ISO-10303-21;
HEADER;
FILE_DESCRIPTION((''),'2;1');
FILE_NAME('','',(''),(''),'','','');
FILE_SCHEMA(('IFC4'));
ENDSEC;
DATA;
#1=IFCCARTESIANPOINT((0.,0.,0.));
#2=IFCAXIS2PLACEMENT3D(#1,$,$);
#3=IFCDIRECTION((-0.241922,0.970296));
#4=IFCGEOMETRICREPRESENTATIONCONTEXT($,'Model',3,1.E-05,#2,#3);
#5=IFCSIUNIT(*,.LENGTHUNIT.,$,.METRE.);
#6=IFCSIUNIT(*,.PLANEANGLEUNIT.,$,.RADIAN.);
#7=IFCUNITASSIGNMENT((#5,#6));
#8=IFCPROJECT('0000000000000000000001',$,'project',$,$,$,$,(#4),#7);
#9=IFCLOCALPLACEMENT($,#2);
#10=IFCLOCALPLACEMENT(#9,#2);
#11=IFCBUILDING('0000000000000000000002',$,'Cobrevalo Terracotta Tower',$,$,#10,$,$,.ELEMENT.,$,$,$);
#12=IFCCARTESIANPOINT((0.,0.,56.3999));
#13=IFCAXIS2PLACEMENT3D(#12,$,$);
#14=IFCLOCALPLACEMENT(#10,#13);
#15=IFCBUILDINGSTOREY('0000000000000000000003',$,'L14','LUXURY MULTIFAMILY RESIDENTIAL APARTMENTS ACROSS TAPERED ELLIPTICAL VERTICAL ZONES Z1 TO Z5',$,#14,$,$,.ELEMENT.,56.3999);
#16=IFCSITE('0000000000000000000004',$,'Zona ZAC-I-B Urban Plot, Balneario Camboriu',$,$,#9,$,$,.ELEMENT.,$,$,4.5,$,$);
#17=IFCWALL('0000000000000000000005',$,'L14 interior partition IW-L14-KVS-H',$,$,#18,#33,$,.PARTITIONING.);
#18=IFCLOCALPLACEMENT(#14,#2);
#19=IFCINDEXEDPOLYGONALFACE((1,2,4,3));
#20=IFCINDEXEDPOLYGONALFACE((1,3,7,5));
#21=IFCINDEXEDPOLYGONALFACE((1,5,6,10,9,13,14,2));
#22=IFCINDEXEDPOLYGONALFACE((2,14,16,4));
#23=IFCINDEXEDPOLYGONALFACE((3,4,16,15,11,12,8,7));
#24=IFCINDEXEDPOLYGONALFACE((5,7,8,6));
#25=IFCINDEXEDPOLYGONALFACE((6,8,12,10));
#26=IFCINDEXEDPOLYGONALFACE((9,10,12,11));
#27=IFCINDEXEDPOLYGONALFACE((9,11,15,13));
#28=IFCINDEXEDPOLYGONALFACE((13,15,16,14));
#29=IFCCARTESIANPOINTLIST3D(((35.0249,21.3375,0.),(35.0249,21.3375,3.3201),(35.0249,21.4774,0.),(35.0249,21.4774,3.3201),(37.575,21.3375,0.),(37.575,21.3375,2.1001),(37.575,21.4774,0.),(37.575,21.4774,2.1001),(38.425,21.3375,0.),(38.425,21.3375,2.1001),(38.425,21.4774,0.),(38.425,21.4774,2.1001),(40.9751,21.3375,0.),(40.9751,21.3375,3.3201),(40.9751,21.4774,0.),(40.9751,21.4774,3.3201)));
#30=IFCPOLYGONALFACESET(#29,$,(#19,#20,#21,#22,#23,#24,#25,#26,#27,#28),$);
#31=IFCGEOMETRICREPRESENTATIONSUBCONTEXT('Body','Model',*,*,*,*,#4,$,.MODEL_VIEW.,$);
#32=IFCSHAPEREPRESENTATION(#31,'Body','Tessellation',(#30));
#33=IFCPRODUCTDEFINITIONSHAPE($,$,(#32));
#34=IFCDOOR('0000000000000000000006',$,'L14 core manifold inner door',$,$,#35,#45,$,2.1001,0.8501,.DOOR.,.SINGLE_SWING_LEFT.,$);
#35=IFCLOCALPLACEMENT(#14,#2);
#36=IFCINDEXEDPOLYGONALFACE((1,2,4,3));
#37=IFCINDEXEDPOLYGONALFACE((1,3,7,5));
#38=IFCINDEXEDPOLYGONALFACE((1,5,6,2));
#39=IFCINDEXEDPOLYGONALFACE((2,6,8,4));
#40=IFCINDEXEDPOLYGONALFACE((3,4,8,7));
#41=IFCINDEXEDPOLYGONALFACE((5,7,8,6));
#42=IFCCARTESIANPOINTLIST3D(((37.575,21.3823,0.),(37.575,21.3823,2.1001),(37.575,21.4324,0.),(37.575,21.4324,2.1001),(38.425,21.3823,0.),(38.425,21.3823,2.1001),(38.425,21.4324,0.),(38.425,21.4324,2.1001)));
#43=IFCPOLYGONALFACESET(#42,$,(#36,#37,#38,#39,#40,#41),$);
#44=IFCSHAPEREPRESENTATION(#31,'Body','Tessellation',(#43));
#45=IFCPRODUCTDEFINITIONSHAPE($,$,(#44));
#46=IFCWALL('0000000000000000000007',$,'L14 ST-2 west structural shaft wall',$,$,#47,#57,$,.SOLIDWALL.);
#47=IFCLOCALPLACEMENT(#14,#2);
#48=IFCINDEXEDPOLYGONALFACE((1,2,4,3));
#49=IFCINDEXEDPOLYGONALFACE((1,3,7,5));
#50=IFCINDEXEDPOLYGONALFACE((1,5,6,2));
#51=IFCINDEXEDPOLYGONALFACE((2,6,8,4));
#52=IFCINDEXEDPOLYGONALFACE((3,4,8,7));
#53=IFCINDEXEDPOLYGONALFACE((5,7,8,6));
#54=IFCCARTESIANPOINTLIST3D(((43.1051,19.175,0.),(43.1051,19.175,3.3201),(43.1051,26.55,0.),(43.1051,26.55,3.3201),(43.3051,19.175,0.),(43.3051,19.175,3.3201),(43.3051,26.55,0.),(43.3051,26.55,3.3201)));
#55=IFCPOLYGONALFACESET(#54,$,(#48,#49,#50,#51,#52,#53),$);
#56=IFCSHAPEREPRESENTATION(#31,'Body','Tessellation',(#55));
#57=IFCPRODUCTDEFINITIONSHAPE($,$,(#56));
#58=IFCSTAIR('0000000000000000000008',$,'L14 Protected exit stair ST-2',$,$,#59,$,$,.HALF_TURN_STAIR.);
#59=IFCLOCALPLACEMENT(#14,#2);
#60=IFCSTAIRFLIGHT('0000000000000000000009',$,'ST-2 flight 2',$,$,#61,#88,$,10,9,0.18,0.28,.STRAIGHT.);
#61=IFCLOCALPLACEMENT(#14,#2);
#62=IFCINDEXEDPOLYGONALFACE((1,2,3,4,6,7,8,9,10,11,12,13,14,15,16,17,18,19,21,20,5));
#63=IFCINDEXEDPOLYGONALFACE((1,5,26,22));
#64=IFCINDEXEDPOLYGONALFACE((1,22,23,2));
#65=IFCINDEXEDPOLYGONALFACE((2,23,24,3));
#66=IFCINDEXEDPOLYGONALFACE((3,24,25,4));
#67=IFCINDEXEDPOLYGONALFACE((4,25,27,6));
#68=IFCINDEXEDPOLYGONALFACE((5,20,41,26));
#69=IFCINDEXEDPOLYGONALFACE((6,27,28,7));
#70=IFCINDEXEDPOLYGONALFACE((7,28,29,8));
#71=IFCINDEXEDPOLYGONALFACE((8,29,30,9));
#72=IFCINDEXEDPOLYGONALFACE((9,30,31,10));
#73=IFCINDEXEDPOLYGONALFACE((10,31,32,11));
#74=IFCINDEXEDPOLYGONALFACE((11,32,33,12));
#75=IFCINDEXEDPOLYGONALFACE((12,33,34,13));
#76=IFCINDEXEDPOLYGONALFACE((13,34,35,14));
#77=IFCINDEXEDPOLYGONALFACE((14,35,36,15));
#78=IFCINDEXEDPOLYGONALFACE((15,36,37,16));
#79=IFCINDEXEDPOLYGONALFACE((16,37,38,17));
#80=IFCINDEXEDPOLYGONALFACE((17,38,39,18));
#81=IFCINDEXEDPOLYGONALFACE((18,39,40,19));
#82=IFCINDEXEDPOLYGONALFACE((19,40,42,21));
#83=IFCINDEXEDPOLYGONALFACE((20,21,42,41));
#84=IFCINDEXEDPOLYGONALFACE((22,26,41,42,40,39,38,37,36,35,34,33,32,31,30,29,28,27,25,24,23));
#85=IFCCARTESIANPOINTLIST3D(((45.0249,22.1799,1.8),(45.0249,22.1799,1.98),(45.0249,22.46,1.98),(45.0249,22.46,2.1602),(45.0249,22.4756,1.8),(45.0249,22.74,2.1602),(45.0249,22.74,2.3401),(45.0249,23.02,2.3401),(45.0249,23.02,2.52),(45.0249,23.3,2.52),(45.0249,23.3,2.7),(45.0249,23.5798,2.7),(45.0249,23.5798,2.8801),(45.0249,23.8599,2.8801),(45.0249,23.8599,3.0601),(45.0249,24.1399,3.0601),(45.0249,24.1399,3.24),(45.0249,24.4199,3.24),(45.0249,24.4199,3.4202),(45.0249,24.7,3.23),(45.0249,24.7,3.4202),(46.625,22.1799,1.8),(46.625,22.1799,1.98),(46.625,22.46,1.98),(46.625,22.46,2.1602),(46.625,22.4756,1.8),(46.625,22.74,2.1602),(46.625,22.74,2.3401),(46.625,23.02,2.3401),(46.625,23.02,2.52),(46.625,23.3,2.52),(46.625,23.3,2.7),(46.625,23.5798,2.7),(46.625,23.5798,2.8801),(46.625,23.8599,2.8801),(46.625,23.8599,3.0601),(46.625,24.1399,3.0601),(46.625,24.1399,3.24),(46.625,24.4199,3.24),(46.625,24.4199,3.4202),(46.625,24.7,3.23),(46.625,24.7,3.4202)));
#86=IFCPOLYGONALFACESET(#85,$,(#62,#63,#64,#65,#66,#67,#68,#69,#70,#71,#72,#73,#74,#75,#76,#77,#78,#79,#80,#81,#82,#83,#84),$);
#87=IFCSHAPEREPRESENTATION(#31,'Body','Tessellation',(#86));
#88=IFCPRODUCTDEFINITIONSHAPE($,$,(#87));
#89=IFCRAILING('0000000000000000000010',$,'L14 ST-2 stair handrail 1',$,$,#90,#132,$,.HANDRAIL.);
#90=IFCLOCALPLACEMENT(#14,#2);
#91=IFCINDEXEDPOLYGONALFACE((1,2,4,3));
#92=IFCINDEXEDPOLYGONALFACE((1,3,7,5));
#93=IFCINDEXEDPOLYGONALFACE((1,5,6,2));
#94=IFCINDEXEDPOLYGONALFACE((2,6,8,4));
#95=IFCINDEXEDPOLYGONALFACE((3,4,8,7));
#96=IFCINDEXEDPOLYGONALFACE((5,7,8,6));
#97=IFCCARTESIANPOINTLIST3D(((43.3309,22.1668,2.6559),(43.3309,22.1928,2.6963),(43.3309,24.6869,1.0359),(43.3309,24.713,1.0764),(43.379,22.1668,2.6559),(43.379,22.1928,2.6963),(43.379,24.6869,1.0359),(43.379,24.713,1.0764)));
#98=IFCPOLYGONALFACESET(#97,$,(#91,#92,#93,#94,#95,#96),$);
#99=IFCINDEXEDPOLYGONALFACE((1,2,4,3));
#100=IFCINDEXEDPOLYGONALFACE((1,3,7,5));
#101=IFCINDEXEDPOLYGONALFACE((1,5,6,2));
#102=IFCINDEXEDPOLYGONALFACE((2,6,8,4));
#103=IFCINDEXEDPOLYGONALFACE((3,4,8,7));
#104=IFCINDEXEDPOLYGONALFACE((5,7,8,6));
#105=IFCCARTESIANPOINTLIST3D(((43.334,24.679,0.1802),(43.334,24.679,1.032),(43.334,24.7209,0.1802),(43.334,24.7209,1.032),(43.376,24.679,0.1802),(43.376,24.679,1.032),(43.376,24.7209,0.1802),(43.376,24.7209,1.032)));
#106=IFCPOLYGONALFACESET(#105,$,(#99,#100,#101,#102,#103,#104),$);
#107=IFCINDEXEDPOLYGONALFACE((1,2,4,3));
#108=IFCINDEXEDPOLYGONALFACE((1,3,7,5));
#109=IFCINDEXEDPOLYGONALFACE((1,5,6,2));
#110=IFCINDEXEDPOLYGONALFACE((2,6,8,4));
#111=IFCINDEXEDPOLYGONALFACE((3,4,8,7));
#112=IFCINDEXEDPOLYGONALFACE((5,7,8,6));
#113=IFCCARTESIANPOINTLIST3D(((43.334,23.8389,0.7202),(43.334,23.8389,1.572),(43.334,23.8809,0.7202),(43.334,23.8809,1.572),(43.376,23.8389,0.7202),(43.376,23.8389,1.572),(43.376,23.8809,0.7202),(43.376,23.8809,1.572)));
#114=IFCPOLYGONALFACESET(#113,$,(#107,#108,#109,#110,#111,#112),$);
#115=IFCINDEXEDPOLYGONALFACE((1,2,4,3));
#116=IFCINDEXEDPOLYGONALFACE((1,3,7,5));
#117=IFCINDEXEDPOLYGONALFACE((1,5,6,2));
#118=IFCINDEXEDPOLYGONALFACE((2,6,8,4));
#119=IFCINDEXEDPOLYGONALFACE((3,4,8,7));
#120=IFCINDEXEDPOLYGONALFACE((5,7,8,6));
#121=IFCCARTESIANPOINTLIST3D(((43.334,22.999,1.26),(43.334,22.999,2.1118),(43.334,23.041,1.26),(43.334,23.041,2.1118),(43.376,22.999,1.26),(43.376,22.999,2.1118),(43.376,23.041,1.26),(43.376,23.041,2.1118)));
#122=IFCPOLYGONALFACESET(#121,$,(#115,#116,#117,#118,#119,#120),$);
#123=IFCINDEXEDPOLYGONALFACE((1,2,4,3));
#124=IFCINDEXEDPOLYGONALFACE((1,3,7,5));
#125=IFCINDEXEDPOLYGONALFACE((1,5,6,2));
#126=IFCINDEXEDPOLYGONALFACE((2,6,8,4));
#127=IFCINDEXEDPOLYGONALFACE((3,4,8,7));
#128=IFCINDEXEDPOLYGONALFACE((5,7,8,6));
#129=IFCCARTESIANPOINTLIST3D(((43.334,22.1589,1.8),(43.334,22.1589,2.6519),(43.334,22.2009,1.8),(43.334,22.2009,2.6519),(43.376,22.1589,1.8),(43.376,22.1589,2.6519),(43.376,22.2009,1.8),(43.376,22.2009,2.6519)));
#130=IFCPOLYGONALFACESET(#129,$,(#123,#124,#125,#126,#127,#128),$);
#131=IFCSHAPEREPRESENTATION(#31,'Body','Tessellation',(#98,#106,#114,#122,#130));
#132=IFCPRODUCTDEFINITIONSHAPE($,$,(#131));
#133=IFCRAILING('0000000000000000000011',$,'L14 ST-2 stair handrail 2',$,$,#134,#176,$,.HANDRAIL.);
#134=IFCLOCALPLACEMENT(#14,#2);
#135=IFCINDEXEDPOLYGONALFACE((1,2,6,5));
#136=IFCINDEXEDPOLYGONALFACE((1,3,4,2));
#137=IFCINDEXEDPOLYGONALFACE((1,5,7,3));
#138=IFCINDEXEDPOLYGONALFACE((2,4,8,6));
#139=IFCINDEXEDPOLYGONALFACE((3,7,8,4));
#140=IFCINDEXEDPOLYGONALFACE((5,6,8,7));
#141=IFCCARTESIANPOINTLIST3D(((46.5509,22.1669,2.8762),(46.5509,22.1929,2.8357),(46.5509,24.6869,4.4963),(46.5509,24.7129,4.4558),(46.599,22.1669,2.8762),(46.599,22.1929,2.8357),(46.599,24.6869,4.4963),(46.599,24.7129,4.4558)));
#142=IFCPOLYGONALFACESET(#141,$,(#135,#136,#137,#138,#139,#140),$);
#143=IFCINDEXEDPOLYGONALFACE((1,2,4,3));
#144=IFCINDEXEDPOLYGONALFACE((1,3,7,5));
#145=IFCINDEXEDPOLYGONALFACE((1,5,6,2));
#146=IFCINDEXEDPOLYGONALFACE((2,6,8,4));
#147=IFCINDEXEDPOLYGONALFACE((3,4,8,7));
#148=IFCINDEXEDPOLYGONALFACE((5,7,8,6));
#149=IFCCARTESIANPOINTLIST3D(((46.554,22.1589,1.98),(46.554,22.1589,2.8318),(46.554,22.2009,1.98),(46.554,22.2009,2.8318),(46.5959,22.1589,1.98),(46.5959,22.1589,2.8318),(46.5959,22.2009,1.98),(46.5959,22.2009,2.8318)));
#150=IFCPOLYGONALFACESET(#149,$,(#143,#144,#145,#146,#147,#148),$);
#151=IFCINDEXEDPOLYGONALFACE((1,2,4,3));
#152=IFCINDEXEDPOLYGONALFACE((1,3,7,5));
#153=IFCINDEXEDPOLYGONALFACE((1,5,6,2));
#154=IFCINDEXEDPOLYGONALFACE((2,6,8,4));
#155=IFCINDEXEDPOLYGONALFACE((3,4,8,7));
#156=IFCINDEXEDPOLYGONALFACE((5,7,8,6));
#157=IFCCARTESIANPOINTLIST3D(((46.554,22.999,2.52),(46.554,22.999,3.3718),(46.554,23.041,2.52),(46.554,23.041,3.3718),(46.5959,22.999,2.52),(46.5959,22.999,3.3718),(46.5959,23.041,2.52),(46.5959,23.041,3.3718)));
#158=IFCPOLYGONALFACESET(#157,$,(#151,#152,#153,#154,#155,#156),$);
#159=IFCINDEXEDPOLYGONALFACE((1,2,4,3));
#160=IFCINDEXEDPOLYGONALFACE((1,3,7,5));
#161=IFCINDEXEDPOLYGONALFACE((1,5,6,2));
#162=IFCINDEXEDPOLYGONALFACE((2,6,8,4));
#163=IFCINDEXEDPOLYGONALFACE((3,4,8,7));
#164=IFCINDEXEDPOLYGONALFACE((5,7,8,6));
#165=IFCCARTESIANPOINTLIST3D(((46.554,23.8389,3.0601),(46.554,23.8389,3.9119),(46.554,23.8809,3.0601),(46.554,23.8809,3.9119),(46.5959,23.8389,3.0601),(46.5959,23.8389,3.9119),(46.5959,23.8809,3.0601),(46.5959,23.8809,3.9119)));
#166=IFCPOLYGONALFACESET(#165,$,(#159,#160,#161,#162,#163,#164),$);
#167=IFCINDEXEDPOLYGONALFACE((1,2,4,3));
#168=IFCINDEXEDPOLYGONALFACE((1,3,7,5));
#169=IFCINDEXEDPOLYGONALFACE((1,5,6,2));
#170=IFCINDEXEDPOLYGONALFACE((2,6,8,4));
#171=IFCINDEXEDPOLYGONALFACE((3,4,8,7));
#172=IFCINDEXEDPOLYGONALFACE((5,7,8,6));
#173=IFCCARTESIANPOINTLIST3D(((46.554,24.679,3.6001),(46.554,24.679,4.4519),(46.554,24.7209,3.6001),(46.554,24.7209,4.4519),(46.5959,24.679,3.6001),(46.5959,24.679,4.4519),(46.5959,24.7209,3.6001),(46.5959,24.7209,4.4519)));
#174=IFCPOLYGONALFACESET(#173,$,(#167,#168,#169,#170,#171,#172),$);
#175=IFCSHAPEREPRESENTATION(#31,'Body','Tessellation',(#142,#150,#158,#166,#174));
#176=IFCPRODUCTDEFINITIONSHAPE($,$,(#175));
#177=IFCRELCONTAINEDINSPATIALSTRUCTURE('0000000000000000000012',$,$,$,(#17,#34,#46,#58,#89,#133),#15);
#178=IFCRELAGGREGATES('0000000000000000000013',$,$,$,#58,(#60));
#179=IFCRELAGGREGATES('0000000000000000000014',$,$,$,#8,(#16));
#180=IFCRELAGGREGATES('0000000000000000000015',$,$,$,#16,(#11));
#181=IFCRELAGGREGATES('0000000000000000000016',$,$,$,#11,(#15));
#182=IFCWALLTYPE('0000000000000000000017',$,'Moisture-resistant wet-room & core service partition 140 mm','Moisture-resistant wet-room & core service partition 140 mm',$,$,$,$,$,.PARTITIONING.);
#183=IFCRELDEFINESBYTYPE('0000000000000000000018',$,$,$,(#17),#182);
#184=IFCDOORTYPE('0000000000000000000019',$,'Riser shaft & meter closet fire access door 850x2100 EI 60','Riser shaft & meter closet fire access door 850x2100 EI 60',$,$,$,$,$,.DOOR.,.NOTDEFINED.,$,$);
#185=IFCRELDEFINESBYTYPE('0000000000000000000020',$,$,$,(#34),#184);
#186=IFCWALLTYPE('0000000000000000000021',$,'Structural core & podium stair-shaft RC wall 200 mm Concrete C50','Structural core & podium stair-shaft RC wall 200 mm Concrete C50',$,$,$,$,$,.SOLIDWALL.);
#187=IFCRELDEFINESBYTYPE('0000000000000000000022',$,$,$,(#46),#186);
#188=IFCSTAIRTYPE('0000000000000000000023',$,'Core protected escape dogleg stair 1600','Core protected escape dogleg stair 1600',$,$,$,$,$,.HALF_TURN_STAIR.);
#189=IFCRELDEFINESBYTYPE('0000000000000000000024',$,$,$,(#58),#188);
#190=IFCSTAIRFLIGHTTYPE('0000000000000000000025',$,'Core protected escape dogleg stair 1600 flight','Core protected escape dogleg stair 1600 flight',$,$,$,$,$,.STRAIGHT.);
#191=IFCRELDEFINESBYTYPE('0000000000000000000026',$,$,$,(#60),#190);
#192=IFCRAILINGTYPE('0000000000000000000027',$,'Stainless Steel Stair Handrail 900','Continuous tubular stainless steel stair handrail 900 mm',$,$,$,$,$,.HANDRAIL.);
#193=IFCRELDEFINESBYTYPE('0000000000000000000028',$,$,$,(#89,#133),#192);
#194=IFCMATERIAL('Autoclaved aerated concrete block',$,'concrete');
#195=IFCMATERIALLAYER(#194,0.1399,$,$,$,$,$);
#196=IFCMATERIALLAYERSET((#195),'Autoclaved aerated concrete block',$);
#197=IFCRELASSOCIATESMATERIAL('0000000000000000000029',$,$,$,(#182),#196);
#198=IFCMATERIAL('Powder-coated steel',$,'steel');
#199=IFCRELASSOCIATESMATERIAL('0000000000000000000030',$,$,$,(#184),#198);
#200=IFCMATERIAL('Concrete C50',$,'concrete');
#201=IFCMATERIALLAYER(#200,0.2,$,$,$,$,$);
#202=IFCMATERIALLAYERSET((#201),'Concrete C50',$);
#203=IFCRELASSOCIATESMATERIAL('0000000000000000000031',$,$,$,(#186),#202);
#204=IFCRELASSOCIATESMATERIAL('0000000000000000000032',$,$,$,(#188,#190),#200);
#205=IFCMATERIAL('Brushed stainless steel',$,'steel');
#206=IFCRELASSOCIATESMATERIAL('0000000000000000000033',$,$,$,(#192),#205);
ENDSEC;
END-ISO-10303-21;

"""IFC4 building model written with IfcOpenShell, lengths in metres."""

from ifc_helpers import new_model, si_unit, direction, frame, frame_2d, origin, origin_2d, place, context, subcontext, project, spatial, polyline, rectangle, outline, extrude, source, transform, mapped, material, layer, layer_set, type_object, element, fill, aggregate, save


model = new_model("IFC4")

# Units and contexts
model_context = context("Model", 3, precision=1e-05, world=origin(), true_north=direction((-0.241922, 0.970296)))
body_context = subcontext(model_context, "Body", "Model", "MODEL_VIEW")
ifc_project = project(units=[si_unit("LENGTHUNIT", "METRE"), si_unit("PLANEANGLEUNIT", "RADIAN")], contexts=[model_context])

# Site, building, storey
site_placement = place(None, origin())
site = spatial("IfcSite", under=ifc_project, at=site_placement, Name="Zona ZAC-I-B Urban Plot, Balneario Camboriu", CompositionType="ELEMENT", RefElevation=4.5)
building_placement = place(site_placement, origin())
building = spatial("IfcBuilding", under=site, at=building_placement, Name="Cobrevalo Terracotta Tower", CompositionType="ELEMENT")
storey_placement = place(building_placement, frame((0.0, 0.0, 56.3999)))
storey = spatial("IfcBuildingStorey", under=building, at=storey_placement, Name="L14", Description="LUXURY MULTIFAMILY RESIDENTIAL APARTMENTS ACROSS TAPERED ELLIPTICAL VERTICAL ZONES Z1 TO Z5", CompositionType="ELEMENT", Elevation=56.3999)

# Shared definitions
ifc_material_1 = material(Name="Autoclaved aerated concrete block", Category="concrete")

# Shared definitions
ifc_layer_1 = layer(ifc_material_1, 0.1399)
ifc_layer_set_1 = layer_set([ifc_layer_1], Name="Autoclaved aerated concrete block")
wall_type_1 = type_object("IfcWallType", Name="Moisture-resistant wet-room & core service partition 140 mm", Description="Moisture-resistant wet-room & core service partition 140 mm", PredefinedType="PARTITIONING", material=ifc_layer_set_1)

# Wall, opening, door
wall_1_placement = place(storey_placement, frame((35.0249, 21.4075, 0.0), z_axis=(0.0, 0.0, 1.0), x_axis=(1.0, 0.0, 0.0)))
wall_1 = element("IfcWall", 1, at=wall_1_placement, inside=storey, type_object=wall_type_1, Name="L14 interior partition IW-L14-KVS-H", PredefinedType="PARTITIONING", context=body_context, shape_type="SweptSolid", body=[
    extrude(rectangle(XDim=5.9502, YDim=0.1399, at=frame_2d((2.9751, 0.0))), origin(), (0.0, 0.0, 1.0), 3.3201),
])
opening_1_placement = place(wall_1_placement, frame((2.55, 0.0, 0.0)))
opening_1 = element("IfcOpeningElement", 2, at=opening_1_placement, cuts=wall_1, PredefinedType="OPENING", context=body_context, shape_type="SweptSolid", body=[
    extrude(rectangle(XDim=0.8501, YDim=2.1001, at=frame_2d((0.425, 1.05))), frame((0.0, 0.0801, 0.0), z_axis=(0.0, -1.0, 0.0), x_axis=(1.0, 0.0, 0.0)), (0.0, 0.0, 1.0), 0.1599),
])
ifc_material_2 = material(Name="Powder-coated steel", Category="steel")
door_type_1 = type_object("IfcDoorType", Name="Riser shaft & meter closet fire access door 850x2100 EI 60", Description="Riser shaft & meter closet fire access door 850x2100 EI 60", OperationType="NOTDEFINED", PredefinedType="DOOR", material=ifc_material_2)
shared_shape_1 = source(origin(), body_context, "Body", "SweptSolid", [
    extrude(rectangle(XDim=0.8501, YDim=2.1001, at=frame_2d((0.425, 1.05))), frame((0.0, 0.0249, 0.0), z_axis=(0.0, -1.0, 0.0), x_axis=(1.0, 0.0, 0.0)), (0.0, 0.0, 1.0), 0.05),
])
door_1_placement = place(opening_1_placement, origin())
door_1 = element("IfcDoor", 3, at=door_1_placement, inside=storey, type_object=door_type_1, Name="L14 core manifold inner door", OperationType="SINGLE_SWING_LEFT", OverallHeight=2.1001, OverallWidth=0.8501, PredefinedType="DOOR", context=body_context, shape_type="MappedRepresentation", body=[
    mapped(shared_shape_1, transform((0.0, 0.0, 0.0), scale=1.0)),
])
fill(opening_1, door_1)

# Wall
ifc_material_3 = material(Name="Concrete C50", Category="concrete")
ifc_layer_2 = layer(ifc_material_3, 0.2)
ifc_layer_set_2 = layer_set([ifc_layer_2], Name="Concrete C50")
wall_type_2 = type_object("IfcWallType", Name="Structural core & podium stair-shaft RC wall 200 mm Concrete C50", Description="Structural core & podium stair-shaft RC wall 200 mm Concrete C50", PredefinedType="SOLIDWALL", material=ifc_layer_set_2)
wall_2_placement = place(storey_placement, frame((43.2051, 19.175, 0.0), z_axis=(0.0, 0.0, 1.0), x_axis=(0.0, 1.0, 0.0)))
element("IfcWall", 4, at=wall_2_placement, inside=storey, type_object=wall_type_2, Name="L14 ST-2 west structural shaft wall", PredefinedType="SOLIDWALL", context=body_context, shape_type="SweptSolid", body=[
    extrude(rectangle(XDim=7.375, YDim=0.2, at=frame_2d((3.6875, 0.0))), origin(), (0.0, 0.0, 1.0), 3.3201),
])

# Stair, stair flight
stair_type = type_object("IfcStairType", Name="Core protected escape dogleg stair 1600", Description="Core protected escape dogleg stair 1600", PredefinedType="HALF_TURN_STAIR", material=ifc_material_3)
stair_placement = place(storey_placement, origin())
stair = element("IfcStair", 5, at=stair_placement, inside=storey, type_object=stair_type, Name="L14 Protected exit stair ST-2", PredefinedType="HALF_TURN_STAIR")
stair_flight_type = type_object("IfcStairFlightType", Name="Core protected escape dogleg stair 1600 flight", Description="Core protected escape dogleg stair 1600 flight", PredefinedType="STRAIGHT", material=ifc_material_3)
stair_flight_placement = place(storey_placement, frame((45.825, 22.1799, 1.8), z_axis=(0.0, 0.0, 1.0), x_axis=(0.0, 1.0, 0.0)))
stair_flight = element("IfcStairFlight", 6, at=stair_flight_placement, type_object=stair_flight_type, Name="ST-2 flight 2", NumberOfRisers=10, NumberOfTreads=9, PredefinedType="STRAIGHT", RiserHeight=0.18, TreadLength=0.28, context=body_context, shape_type="SweptSolid", body=[
    extrude(outline(polyline([(0.0, 0.0), (0.0, 0.1799), (0.28, 0.1799), (0.28, 0.3601), (0.5601, 0.3601), (0.5601, 0.54), (0.8401, 0.54), (0.8401, 0.72), (1.1201, 0.72), (1.1201, 0.8999), (1.3999, 0.8999), (1.3999, 1.0801), (1.6799, 1.0801), (1.6799, 1.26), (1.96, 1.26), (1.96, 1.4399), (2.24, 1.4399), (2.24, 1.6201), (2.52, 1.6201), (2.52, 1.8), (2.52, 1.4299), (0.2957, 0.0), (0.0, 0.0)])), frame((0.0, 0.8, 0.0), z_axis=(0.0, -1.0, 0.0), x_axis=(1.0, 0.0, 0.0)), (0.0, 0.0, 1.0), 1.6001),
])
aggregate(stair, [stair_flight])

# Railings
ifc_material_4 = material(Name="Brushed stainless steel", Category="steel")
railing_type_1 = type_object("IfcRailingType", Name="Stainless Steel Stair Handrail 900", Description="Continuous tubular stainless steel stair handrail 900 mm", PredefinedType="HANDRAIL", material=ifc_material_4)
railing_1_placement = place(storey_placement, frame((43.355, 24.7, 0.1802)))
element("IfcRailing", 7, at=railing_1_placement, inside=storey, type_object=railing_type_1, Name="L14 ST-2 stair handrail 1", PredefinedType="HANDRAIL", context=body_context, shape_type="SweptSolid", body=[
    extrude(rectangle(XDim=0.0481, YDim=0.0481, at=origin_2d()), frame((0.0, 0.0, 0.876), z_axis=(0.0, -0.8412, 0.540725), x_axis=(1.0, 0.0, 0.0)), (0.0, 0.0, 1.0), 2.9958),
    extrude(rectangle(XDim=0.042, YDim=0.042, at=origin_2d()), origin(), (0.0, 0.0, 1.0), 0.8518),
    extrude(rectangle(XDim=0.042, YDim=0.042, at=origin_2d()), frame((0.0, -0.8401, 0.54)), (0.0, 0.0, 1.0), 0.8518),
    extrude(rectangle(XDim=0.042, YDim=0.042, at=origin_2d()), frame((0.0, -1.6799, 1.0798)), (0.0, 0.0, 1.0), 0.8518),
    extrude(rectangle(XDim=0.042, YDim=0.042, at=origin_2d()), frame((0.0, -2.52, 1.6199)), (0.0, 0.0, 1.0), 0.8518),
])
railing_2_placement = place(storey_placement, frame((46.575, 22.1799, 1.98)))
element("IfcRailing", 8, at=railing_2_placement, inside=storey, type_object=railing_type_1, Name="L14 ST-2 stair handrail 2", PredefinedType="HANDRAIL", context=body_context, shape_type="SweptSolid", body=[
    extrude(rectangle(XDim=0.0481, YDim=0.0481, at=origin_2d()), frame((0.0, 0.0, 0.876), z_axis=(0.0, 0.841163, 0.540782), x_axis=(-1.0, 0.0, 0.0)), (0.0, 0.0, 1.0), 2.9958),
    extrude(rectangle(XDim=0.042, YDim=0.042, at=origin_2d()), origin(), (0.0, 0.0, 1.0), 0.8518),
    extrude(rectangle(XDim=0.042, YDim=0.042, at=origin_2d()), frame((0.0, 0.8401, 0.54)), (0.0, 0.0, 1.0), 0.8518),
    extrude(rectangle(XDim=0.042, YDim=0.042, at=origin_2d()), frame((0.0, 1.6799, 1.0801)), (0.0, 0.0, 1.0), 0.8518),
    extrude(rectangle(XDim=0.042, YDim=0.042, at=origin_2d()), frame((0.0, 2.52, 1.6201)), (0.0, 0.0, 1.0), 0.8518),
])

save(model, "model.ifc")
